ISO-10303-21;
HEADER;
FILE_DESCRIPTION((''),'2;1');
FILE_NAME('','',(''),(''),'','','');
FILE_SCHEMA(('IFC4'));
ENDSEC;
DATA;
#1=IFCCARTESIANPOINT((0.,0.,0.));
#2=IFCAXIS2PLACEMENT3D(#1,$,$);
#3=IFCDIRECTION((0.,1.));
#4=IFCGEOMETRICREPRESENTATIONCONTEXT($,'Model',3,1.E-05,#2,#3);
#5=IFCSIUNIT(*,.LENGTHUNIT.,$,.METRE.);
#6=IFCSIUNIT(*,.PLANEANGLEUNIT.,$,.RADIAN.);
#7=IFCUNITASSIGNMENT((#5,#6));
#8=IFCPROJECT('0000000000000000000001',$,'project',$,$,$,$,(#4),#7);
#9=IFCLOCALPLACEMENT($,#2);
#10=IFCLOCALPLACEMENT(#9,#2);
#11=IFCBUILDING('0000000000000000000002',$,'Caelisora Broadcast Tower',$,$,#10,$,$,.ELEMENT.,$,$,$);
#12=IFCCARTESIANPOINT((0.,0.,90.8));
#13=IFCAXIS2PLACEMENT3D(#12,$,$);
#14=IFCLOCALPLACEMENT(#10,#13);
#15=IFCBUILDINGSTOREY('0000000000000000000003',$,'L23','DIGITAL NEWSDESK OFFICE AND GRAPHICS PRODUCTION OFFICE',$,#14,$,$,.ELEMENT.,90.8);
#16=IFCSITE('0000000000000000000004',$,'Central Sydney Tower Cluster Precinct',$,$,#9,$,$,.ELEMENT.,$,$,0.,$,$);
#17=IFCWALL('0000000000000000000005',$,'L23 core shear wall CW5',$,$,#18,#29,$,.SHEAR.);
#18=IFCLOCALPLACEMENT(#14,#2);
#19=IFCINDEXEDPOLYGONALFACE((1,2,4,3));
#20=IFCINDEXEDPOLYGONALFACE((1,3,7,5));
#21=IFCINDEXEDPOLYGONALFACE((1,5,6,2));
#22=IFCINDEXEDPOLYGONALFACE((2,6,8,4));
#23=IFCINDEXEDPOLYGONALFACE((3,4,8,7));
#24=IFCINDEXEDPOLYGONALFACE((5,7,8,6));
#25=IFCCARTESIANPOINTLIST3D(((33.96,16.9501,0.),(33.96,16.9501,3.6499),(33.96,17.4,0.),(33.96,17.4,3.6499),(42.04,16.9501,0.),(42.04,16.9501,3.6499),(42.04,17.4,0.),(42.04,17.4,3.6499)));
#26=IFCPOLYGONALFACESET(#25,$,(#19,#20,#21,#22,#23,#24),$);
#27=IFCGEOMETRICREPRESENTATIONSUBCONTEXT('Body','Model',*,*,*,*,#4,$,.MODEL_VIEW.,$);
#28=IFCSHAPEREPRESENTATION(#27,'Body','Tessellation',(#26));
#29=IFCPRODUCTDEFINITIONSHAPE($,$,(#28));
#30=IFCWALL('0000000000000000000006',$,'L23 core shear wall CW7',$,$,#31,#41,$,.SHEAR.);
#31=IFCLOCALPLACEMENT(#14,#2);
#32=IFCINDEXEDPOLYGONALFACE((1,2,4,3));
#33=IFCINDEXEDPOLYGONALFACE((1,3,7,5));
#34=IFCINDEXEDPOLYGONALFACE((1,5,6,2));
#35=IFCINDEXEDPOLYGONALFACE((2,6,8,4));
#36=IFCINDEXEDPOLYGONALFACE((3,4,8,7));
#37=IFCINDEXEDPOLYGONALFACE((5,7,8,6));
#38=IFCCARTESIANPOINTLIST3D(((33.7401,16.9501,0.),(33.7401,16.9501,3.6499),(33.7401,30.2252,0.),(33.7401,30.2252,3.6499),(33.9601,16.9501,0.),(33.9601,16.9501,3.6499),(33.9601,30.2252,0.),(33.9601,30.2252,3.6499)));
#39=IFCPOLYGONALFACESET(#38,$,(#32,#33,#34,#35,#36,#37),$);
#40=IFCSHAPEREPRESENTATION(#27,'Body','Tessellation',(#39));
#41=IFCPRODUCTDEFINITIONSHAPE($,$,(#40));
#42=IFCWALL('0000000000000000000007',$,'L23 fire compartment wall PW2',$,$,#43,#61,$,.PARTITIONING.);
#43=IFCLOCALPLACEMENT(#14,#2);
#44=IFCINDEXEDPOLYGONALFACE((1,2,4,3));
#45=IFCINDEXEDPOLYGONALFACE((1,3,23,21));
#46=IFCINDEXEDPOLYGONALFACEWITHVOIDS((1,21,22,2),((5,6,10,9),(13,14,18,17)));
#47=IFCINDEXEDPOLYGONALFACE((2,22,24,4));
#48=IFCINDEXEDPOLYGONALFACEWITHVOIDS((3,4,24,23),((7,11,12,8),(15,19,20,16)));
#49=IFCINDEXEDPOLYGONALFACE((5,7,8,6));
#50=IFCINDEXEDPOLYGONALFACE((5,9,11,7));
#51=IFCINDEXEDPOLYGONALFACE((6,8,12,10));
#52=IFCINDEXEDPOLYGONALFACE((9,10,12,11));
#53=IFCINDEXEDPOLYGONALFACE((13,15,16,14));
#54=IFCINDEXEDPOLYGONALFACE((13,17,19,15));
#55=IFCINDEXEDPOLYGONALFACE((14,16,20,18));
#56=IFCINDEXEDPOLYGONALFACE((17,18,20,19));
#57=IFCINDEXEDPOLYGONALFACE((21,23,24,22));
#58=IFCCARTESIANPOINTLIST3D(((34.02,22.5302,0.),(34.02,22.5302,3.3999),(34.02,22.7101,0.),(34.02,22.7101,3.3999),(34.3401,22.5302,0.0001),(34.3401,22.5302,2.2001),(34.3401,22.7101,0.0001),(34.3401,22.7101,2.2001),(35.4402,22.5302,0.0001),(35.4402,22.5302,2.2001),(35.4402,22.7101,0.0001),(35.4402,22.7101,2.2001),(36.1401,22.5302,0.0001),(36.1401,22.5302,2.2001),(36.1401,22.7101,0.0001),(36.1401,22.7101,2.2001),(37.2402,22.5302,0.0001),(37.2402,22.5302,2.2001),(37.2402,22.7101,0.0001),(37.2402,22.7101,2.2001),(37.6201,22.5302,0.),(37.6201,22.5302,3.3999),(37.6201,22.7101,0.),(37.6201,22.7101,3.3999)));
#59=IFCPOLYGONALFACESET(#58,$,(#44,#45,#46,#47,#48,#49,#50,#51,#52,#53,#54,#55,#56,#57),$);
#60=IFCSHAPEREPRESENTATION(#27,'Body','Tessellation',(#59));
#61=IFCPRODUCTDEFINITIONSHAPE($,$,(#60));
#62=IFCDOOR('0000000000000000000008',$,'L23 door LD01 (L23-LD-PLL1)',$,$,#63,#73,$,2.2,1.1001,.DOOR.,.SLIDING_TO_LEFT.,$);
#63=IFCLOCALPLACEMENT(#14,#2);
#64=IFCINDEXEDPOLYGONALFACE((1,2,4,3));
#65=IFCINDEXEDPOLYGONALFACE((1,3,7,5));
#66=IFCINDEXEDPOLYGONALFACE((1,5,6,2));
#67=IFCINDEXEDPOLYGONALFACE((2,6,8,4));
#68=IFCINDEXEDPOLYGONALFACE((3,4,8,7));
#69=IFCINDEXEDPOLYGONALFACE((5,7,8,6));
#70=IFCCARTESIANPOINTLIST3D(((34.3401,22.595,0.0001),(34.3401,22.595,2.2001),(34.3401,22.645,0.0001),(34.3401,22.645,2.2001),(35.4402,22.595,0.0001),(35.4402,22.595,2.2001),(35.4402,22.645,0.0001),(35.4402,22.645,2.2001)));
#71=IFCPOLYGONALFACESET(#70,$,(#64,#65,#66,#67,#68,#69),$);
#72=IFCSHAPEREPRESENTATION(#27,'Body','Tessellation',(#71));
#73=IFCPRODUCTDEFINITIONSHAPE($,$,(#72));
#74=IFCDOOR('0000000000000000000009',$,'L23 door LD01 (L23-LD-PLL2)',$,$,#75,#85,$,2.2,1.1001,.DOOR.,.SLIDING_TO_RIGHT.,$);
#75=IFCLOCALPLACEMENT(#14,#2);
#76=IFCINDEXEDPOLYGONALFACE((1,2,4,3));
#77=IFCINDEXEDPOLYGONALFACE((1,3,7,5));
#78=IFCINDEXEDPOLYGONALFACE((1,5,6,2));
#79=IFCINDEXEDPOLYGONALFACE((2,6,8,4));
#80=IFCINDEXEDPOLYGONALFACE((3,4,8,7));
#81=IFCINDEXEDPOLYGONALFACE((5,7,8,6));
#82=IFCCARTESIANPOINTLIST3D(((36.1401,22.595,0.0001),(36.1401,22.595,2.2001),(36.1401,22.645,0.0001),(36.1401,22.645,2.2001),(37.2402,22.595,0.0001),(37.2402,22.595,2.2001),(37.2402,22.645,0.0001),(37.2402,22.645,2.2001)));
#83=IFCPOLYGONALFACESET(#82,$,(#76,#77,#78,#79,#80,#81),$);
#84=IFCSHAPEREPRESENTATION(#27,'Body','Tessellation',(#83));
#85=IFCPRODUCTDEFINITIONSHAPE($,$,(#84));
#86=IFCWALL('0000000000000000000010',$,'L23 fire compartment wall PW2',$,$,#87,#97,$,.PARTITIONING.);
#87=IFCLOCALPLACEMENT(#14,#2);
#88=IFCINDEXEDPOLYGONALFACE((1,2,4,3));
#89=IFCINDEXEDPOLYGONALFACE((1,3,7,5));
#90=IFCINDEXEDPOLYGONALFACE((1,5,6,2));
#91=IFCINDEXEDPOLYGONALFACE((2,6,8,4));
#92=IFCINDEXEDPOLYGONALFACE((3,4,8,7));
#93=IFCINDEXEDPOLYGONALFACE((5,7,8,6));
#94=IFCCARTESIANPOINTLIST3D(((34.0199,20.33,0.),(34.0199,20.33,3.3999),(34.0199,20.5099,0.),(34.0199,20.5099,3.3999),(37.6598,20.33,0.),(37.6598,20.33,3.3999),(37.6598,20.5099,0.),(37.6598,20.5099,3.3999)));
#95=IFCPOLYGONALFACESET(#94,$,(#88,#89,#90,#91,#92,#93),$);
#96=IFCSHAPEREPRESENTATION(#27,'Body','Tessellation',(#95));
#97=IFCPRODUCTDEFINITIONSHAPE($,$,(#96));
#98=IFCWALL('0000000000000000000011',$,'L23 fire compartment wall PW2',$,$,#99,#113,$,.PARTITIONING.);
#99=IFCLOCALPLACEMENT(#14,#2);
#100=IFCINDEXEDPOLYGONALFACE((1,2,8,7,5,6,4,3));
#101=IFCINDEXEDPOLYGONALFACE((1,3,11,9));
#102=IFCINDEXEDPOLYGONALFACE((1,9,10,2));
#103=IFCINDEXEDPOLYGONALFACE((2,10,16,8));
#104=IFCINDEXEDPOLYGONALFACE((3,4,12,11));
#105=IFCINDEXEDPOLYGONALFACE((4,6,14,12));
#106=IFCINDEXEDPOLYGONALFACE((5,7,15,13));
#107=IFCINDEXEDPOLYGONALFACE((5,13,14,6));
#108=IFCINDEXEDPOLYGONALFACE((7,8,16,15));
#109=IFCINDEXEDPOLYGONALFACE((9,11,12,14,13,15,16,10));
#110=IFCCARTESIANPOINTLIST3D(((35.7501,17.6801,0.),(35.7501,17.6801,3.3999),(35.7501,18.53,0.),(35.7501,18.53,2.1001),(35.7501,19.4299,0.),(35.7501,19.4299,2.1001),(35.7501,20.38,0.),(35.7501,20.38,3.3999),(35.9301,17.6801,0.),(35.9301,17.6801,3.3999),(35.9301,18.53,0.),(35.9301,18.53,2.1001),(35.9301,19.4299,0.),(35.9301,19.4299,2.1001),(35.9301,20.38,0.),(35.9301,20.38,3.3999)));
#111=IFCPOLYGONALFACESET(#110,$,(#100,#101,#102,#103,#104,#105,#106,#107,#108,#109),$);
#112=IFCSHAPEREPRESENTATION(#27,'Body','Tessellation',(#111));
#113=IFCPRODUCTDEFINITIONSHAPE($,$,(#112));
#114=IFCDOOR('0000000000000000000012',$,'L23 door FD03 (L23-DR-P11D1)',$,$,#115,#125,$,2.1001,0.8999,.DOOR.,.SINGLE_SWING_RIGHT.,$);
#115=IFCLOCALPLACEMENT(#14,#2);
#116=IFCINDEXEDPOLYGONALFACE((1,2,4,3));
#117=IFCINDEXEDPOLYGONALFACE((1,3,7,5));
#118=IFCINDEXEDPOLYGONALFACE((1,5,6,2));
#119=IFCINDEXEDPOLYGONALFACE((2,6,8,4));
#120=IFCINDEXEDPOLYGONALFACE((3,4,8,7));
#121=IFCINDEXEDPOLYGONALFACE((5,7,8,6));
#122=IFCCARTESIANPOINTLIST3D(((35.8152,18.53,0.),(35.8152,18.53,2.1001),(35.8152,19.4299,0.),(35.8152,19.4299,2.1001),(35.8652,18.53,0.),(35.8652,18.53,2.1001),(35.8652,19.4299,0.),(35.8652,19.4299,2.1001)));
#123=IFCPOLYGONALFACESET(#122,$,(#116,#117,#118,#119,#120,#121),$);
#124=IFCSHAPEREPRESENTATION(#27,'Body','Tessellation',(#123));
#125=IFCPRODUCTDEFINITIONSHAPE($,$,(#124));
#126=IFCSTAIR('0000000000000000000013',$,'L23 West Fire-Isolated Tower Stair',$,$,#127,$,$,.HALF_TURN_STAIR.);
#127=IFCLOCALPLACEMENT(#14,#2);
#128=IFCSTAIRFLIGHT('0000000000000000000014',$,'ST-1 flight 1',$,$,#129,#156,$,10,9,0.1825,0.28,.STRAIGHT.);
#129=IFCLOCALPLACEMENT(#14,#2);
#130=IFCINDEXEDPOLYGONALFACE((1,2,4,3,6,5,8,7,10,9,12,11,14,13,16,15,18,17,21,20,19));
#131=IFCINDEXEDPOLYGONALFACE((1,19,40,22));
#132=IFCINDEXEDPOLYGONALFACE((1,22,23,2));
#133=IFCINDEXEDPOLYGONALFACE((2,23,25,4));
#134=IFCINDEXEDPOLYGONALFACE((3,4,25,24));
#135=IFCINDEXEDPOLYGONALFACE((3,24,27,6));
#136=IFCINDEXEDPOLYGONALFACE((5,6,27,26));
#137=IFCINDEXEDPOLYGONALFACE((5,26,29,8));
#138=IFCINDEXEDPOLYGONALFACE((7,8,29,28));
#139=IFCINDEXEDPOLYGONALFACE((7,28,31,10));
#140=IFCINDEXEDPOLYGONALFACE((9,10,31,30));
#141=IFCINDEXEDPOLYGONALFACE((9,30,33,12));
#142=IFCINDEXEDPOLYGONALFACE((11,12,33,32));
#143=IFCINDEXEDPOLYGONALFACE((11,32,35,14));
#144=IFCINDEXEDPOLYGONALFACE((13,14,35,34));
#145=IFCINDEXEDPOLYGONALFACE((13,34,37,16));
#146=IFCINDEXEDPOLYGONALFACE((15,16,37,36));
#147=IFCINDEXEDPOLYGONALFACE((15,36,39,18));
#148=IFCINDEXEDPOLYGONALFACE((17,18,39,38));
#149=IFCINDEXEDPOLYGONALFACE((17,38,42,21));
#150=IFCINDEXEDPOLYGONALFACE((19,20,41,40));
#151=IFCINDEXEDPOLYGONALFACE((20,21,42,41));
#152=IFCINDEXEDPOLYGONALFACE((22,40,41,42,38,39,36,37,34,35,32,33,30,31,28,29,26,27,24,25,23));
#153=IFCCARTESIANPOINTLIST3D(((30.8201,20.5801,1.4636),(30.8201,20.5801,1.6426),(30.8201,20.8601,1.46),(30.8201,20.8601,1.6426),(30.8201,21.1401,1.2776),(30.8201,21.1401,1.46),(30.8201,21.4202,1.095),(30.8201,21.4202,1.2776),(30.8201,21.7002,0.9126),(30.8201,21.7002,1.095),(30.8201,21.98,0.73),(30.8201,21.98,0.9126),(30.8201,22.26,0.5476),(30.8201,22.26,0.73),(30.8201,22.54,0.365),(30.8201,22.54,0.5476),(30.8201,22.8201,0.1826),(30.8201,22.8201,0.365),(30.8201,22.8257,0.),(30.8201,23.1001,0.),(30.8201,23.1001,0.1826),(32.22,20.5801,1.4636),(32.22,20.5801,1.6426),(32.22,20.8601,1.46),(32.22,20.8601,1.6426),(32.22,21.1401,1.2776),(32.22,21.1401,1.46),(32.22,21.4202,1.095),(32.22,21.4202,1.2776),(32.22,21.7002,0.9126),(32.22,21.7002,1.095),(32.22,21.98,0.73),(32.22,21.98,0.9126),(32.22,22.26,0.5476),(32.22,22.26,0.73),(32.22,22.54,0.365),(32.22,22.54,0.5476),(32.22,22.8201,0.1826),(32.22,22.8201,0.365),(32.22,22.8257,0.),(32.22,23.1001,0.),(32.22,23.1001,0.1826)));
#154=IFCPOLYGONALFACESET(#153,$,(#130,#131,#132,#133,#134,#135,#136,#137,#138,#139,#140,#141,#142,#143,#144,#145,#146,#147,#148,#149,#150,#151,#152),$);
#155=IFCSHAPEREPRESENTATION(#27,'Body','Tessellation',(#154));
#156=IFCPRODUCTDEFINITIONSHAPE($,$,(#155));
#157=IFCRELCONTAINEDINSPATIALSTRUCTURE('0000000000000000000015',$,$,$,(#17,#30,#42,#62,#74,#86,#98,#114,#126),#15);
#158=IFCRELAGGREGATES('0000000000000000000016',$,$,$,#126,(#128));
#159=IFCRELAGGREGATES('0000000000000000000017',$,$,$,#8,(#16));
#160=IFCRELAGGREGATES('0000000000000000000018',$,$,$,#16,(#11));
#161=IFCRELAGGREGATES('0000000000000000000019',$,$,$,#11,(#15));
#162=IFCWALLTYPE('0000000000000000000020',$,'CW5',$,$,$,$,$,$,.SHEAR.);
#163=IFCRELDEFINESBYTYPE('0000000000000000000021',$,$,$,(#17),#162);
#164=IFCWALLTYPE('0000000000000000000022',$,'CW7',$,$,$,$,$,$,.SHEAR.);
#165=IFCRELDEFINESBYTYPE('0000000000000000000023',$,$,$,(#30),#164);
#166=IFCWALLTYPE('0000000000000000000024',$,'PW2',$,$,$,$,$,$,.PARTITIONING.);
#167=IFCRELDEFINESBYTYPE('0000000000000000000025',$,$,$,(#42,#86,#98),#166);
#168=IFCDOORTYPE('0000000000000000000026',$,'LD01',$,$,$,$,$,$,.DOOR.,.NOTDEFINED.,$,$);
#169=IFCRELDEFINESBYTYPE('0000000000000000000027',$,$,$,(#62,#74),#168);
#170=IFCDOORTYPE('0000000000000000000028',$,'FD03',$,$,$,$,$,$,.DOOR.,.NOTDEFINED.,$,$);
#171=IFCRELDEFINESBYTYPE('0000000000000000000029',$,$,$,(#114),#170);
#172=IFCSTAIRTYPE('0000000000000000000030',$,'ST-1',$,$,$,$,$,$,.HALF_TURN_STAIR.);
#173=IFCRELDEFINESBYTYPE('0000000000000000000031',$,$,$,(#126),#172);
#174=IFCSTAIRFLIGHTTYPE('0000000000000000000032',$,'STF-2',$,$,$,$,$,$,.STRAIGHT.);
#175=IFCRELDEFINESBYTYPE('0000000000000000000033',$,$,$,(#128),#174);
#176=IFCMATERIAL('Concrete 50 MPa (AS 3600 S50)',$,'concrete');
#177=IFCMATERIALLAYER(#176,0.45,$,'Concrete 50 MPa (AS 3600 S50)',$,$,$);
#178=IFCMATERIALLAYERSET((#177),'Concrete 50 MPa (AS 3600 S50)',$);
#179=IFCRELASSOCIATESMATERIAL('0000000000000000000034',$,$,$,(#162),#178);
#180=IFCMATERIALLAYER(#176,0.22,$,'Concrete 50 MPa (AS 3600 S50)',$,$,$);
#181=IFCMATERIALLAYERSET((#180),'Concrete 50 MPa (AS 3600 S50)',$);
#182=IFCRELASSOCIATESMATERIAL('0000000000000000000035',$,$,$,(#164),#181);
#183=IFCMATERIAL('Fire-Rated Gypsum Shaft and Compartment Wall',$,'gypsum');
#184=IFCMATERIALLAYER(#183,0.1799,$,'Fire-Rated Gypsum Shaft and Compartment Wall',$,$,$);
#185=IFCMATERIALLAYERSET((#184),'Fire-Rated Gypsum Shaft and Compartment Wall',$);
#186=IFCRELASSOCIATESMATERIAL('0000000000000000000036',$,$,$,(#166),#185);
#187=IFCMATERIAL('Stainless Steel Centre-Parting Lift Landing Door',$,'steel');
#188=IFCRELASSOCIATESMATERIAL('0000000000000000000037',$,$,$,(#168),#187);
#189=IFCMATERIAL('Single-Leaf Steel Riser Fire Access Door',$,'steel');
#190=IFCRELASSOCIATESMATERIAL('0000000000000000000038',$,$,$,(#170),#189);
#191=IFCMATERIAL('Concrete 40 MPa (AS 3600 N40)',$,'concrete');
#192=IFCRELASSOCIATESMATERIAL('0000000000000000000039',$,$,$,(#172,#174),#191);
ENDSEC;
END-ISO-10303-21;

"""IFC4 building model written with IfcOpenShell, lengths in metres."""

from ifc_helpers import new_model, si_unit, direction, frame, frame_2d, origin, place, context, subcontext, project, spatial, polyline, rectangle, outline, extrude, material, layer, layer_set, type_object, element, fill, aggregate, save


model = new_model("IFC4")

# Units and contexts
model_context = context("Model", 3, precision=1e-05, world=origin(), true_north=direction((0.0, 1.0)))
body_context = subcontext(model_context, "Body", "Model", "MODEL_VIEW")
ifc_project = project(units=[si_unit("LENGTHUNIT", "METRE"), si_unit("PLANEANGLEUNIT", "RADIAN")], contexts=[model_context])

# Site, building, storey
site_placement = place(None, origin())
site = spatial("IfcSite", under=ifc_project, at=site_placement, Name="Central Sydney Tower Cluster Precinct", CompositionType="ELEMENT", RefElevation=0.0)
building_placement = place(site_placement, origin())
building = spatial("IfcBuilding", under=site, at=building_placement, Name="Caelisora Broadcast Tower", CompositionType="ELEMENT")
storey_placement = place(building_placement, frame((0.0, 0.0, 90.8)))
storey = spatial("IfcBuildingStorey", under=building, at=storey_placement, Name="L23", Description="DIGITAL NEWSDESK OFFICE AND GRAPHICS PRODUCTION OFFICE", CompositionType="ELEMENT", Elevation=90.8)

# Shared definitions
ifc_material_1 = material(Name="Concrete 50 MPa (AS 3600 S50)", Category="concrete")

# Walls
ifc_layer_1 = layer(ifc_material_1, 0.45, Name="Concrete 50 MPa (AS 3600 S50)")
ifc_layer_set_1 = layer_set([ifc_layer_1], Name="Concrete 50 MPa (AS 3600 S50)")
wall_type_1 = type_object("IfcWallType", Name="CW5", PredefinedType="SHEAR", material=ifc_layer_set_1)
wall_1_placement = place(storey_placement, frame((33.96, 17.175, 0.0), z_axis=(0.0, 0.0, 1.0), x_axis=(1.0, 0.0, 0.0)))
element("IfcWall", 1, at=wall_1_placement, inside=storey, type_object=wall_type_1, Name="L23 core shear wall CW5", PredefinedType="SHEAR", context=body_context, shape_type="SweptSolid", body=[
    extrude(rectangle(XDim=8.0801, YDim=0.45, at=frame_2d((4.04, 0.0))), origin(), (0.0, 0.0, 1.0), 3.6499),
])
ifc_layer_2 = layer(ifc_material_1, 0.22, Name="Concrete 50 MPa (AS 3600 S50)")
ifc_layer_set_2 = layer_set([ifc_layer_2], Name="Concrete 50 MPa (AS 3600 S50)")
wall_type_2 = type_object("IfcWallType", Name="CW7", PredefinedType="SHEAR", material=ifc_layer_set_2)
wall_2_placement = place(storey_placement, frame((33.8501, 16.95, 0.0), z_axis=(0.0, 0.0, 1.0), x_axis=(0.0, 1.0, 0.0)))
element("IfcWall", 2, at=wall_2_placement, inside=storey, type_object=wall_type_2, Name="L23 core shear wall CW7", PredefinedType="SHEAR", context=body_context, shape_type="SweptSolid", body=[
    extrude(rectangle(XDim=13.2751, YDim=0.22, at=frame_2d((6.6377, 0.0))), origin(), (0.0, 0.0, 1.0), 3.6499),
])

# Wall, openings, doors
ifc_material_2 = material(Name="Fire-Rated Gypsum Shaft and Compartment Wall", Category="gypsum")
ifc_layer_3 = layer(ifc_material_2, 0.1799, Name="Fire-Rated Gypsum Shaft and Compartment Wall")
ifc_layer_set_3 = layer_set([ifc_layer_3], Name="Fire-Rated Gypsum Shaft and Compartment Wall")
wall_type_3 = type_object("IfcWallType", Name="PW2", PredefinedType="PARTITIONING", material=ifc_layer_set_3)
wall_3_placement = place(storey_placement, frame((34.02, 22.6201, 0.0), z_axis=(0.0, 0.0, 1.0), x_axis=(1.0, 0.0, 0.0)))
wall_3 = element("IfcWall", 3, at=wall_3_placement, inside=storey, type_object=wall_type_3, Name="L23 fire compartment wall PW2", PredefinedType="PARTITIONING", context=body_context, shape_type="SweptSolid", body=[
    extrude(rectangle(XDim=3.6001, YDim=0.1799, at=frame_2d((1.8, 0.0))), origin(), (0.0, 0.0, 1.0), 3.3999),
])
opening_1_placement = place(wall_3_placement, frame((0.3201, 0.0, 0.0)))
opening_1 = element("IfcOpeningElement", 4, at=opening_1_placement, cuts=wall_3, PredefinedType="OPENING", context=body_context, shape_type="SweptSolid", body=[
    extrude(rectangle(XDim=1.1001, YDim=2.2, at=frame_2d((0.55, 1.1001))), frame((0.0, 0.1021, 0.0), z_axis=(0.0, -1.0, 0.0), x_axis=(1.0, 0.0, 0.0)), (0.0, 0.0, 1.0), 0.2039),
])
opening_2_placement = place(wall_3_placement, frame((2.1201, 0.0, 0.0)))
opening_2 = element("IfcOpeningElement", 5, at=opening_2_placement, cuts=wall_3, PredefinedType="OPENING", context=body_context, shape_type="SweptSolid", body=[
    extrude(rectangle(XDim=1.1001, YDim=2.2, at=frame_2d((0.55, 1.1001))), frame((0.0, 0.1021, 0.0), z_axis=(0.0, -1.0, 0.0), x_axis=(1.0, 0.0, 0.0)), (0.0, 0.0, 1.0), 0.2039),
])
ifc_material_3 = material(Name="Stainless Steel Centre-Parting Lift Landing Door", Category="steel")
door_type_1 = type_object("IfcDoorType", Name="LD01", OperationType="NOTDEFINED", PredefinedType="DOOR", material=ifc_material_3)
door_1_placement = place(opening_1_placement, origin())
door_1 = element("IfcDoor", 6, at=door_1_placement, inside=storey, type_object=door_type_1, Name="L23 door LD01 (L23-LD-PLL1)", OperationType="SLIDING_TO_LEFT", OverallHeight=2.2, OverallWidth=1.1001, PredefinedType="DOOR", context=body_context, shape_type="SweptSolid", body=[
    extrude(rectangle(XDim=1.1001, YDim=2.2, at=frame_2d((0.55, 1.1001))), frame((0.0, 0.0249, 0.0), z_axis=(0.0, -1.0, 0.0), x_axis=(1.0, 0.0, 0.0)), (0.0, 0.0, 1.0), 0.05),
])
fill(opening_1, door_1)
door_2_placement = place(opening_2_placement, origin())
door_2 = element("IfcDoor", 7, at=door_2_placement, inside=storey, type_object=door_type_1, Name="L23 door LD01 (L23-LD-PLL2)", OperationType="SLIDING_TO_RIGHT", OverallHeight=2.2, OverallWidth=1.1001, PredefinedType="DOOR", context=body_context, shape_type="SweptSolid", body=[
    extrude(rectangle(XDim=1.1001, YDim=2.2, at=frame_2d((0.55, 1.1001))), frame((0.0, 0.0249, 0.0), z_axis=(0.0, -1.0, 0.0), x_axis=(1.0, 0.0, 0.0)), (0.0, 0.0, 1.0), 0.05),
])
fill(opening_2, door_2)

# Wall
wall_4_placement = place(storey_placement, frame((34.02, 20.4199, 0.0), z_axis=(0.0, 0.0, 1.0), x_axis=(1.0, 0.0, 0.0)))
element("IfcWall", 8, at=wall_4_placement, inside=storey, type_object=wall_type_3, Name="L23 fire compartment wall PW2", PredefinedType="PARTITIONING", context=body_context, shape_type="SweptSolid", body=[
    extrude(rectangle(XDim=3.6399, YDim=0.1799, at=frame_2d((1.8198, 0.0))), origin(), (0.0, 0.0, 1.0), 3.3999),
])

# Wall, opening, door
wall_5_placement = place(storey_placement, frame((35.8401, 17.6799, 0.0), z_axis=(0.0, 0.0, 1.0), x_axis=(0.0, 1.0, 0.0)))
wall_5 = element("IfcWall", 9, at=wall_5_placement, inside=storey, type_object=wall_type_3, Name="L23 fire compartment wall PW2", PredefinedType="PARTITIONING", context=body_context, shape_type="SweptSolid", body=[
    extrude(rectangle(XDim=2.7, YDim=0.1799, at=frame_2d((1.3501, 0.0))), origin(), (0.0, 0.0, 1.0), 3.3999),
])
opening_3_placement = place(wall_5_placement, frame((0.8501, 0.0, 0.0)))
opening_3 = element("IfcOpeningElement", 10, at=opening_3_placement, cuts=wall_5, PredefinedType="OPENING", context=body_context, shape_type="SweptSolid", body=[
    extrude(rectangle(XDim=0.8999, YDim=2.1001, at=frame_2d((0.45, 1.05))), frame((0.0, 0.1021, 0.0), z_axis=(0.0, -1.0, 0.0), x_axis=(1.0, 0.0, 0.0)), (0.0, 0.0, 1.0), 0.2039),
])
ifc_material_4 = material(Name="Single-Leaf Steel Riser Fire Access Door", Category="steel")
door_type_2 = type_object("IfcDoorType", Name="FD03", OperationType="NOTDEFINED", PredefinedType="DOOR", material=ifc_material_4)
door_3_placement = place(opening_3_placement, origin())
door_3 = element("IfcDoor", 11, at=door_3_placement, inside=storey, type_object=door_type_2, Name="L23 door FD03 (L23-DR-P11D1)", OperationType="SINGLE_SWING_RIGHT", OverallHeight=2.1001, OverallWidth=0.8999, PredefinedType="DOOR", context=body_context, shape_type="SweptSolid", body=[
    extrude(rectangle(XDim=0.8999, YDim=2.1001, at=frame_2d((0.45, 1.05))), frame((0.0, 0.0249, 0.0), z_axis=(0.0, -1.0, 0.0), x_axis=(1.0, 0.0, 0.0)), (0.0, 0.0, 1.0), 0.05),
])
fill(opening_3, door_3)

# Stair, stair flight
ifc_material_5 = material(Name="Concrete 40 MPa (AS 3600 N40)", Category="concrete")
stair_type = type_object("IfcStairType", Name="ST-1", PredefinedType="HALF_TURN_STAIR", material=ifc_material_5)
stair_placement = place(storey_placement, origin())
stair = element("IfcStair", 12, at=stair_placement, inside=storey, type_object=stair_type, Name="L23 West Fire-Isolated Tower Stair", PredefinedType="HALF_TURN_STAIR")
stair_flight_type = type_object("IfcStairFlightType", Name="STF-2", PredefinedType="STRAIGHT", material=ifc_material_5)
stair_flight_1_placement = place(storey_placement, frame((31.52, 23.1001, 0.0), z_axis=(0.0, 0.0, 1.0), x_axis=(0.0, -1.0, 0.0)))
stair_flight_1 = element("IfcStairFlight", 13, at=stair_flight_1_placement, type_object=stair_flight_type, Name="ST-1 flight 1", NumberOfRisers=10, NumberOfTreads=9, PredefinedType="STRAIGHT", RiserHeight=0.1825, TreadLength=0.28, context=body_context, shape_type="SweptSolid", body=[
    extrude(outline(polyline([(0.0, 0.0), (0.0, 0.1826), (0.28, 0.1826), (0.28, 0.365), (0.5601, 0.365), (0.5601, 0.5476), (0.8401, 0.5476), (0.8401, 0.73), (1.1201, 0.73), (1.1201, 0.9126), (1.3999, 0.9126), (1.3999, 1.095), (1.6799, 1.095), (1.6799, 1.2776), (1.96, 1.2776), (1.96, 1.46), (2.24, 1.46), (2.24, 1.6426), (2.52, 1.6426), (2.52, 1.825), (2.52, 1.4636), (0.2744, 0.0), (0.0, 0.0)])), frame((0.0, 0.7, 0.0), z_axis=(0.0, -1.0, 0.0), x_axis=(1.0, 0.0, 0.0)), (0.0, 0.0, 1.0), 1.3999),
])
aggregate(stair, [stair_flight_1])

save(model, "model.ifc")
